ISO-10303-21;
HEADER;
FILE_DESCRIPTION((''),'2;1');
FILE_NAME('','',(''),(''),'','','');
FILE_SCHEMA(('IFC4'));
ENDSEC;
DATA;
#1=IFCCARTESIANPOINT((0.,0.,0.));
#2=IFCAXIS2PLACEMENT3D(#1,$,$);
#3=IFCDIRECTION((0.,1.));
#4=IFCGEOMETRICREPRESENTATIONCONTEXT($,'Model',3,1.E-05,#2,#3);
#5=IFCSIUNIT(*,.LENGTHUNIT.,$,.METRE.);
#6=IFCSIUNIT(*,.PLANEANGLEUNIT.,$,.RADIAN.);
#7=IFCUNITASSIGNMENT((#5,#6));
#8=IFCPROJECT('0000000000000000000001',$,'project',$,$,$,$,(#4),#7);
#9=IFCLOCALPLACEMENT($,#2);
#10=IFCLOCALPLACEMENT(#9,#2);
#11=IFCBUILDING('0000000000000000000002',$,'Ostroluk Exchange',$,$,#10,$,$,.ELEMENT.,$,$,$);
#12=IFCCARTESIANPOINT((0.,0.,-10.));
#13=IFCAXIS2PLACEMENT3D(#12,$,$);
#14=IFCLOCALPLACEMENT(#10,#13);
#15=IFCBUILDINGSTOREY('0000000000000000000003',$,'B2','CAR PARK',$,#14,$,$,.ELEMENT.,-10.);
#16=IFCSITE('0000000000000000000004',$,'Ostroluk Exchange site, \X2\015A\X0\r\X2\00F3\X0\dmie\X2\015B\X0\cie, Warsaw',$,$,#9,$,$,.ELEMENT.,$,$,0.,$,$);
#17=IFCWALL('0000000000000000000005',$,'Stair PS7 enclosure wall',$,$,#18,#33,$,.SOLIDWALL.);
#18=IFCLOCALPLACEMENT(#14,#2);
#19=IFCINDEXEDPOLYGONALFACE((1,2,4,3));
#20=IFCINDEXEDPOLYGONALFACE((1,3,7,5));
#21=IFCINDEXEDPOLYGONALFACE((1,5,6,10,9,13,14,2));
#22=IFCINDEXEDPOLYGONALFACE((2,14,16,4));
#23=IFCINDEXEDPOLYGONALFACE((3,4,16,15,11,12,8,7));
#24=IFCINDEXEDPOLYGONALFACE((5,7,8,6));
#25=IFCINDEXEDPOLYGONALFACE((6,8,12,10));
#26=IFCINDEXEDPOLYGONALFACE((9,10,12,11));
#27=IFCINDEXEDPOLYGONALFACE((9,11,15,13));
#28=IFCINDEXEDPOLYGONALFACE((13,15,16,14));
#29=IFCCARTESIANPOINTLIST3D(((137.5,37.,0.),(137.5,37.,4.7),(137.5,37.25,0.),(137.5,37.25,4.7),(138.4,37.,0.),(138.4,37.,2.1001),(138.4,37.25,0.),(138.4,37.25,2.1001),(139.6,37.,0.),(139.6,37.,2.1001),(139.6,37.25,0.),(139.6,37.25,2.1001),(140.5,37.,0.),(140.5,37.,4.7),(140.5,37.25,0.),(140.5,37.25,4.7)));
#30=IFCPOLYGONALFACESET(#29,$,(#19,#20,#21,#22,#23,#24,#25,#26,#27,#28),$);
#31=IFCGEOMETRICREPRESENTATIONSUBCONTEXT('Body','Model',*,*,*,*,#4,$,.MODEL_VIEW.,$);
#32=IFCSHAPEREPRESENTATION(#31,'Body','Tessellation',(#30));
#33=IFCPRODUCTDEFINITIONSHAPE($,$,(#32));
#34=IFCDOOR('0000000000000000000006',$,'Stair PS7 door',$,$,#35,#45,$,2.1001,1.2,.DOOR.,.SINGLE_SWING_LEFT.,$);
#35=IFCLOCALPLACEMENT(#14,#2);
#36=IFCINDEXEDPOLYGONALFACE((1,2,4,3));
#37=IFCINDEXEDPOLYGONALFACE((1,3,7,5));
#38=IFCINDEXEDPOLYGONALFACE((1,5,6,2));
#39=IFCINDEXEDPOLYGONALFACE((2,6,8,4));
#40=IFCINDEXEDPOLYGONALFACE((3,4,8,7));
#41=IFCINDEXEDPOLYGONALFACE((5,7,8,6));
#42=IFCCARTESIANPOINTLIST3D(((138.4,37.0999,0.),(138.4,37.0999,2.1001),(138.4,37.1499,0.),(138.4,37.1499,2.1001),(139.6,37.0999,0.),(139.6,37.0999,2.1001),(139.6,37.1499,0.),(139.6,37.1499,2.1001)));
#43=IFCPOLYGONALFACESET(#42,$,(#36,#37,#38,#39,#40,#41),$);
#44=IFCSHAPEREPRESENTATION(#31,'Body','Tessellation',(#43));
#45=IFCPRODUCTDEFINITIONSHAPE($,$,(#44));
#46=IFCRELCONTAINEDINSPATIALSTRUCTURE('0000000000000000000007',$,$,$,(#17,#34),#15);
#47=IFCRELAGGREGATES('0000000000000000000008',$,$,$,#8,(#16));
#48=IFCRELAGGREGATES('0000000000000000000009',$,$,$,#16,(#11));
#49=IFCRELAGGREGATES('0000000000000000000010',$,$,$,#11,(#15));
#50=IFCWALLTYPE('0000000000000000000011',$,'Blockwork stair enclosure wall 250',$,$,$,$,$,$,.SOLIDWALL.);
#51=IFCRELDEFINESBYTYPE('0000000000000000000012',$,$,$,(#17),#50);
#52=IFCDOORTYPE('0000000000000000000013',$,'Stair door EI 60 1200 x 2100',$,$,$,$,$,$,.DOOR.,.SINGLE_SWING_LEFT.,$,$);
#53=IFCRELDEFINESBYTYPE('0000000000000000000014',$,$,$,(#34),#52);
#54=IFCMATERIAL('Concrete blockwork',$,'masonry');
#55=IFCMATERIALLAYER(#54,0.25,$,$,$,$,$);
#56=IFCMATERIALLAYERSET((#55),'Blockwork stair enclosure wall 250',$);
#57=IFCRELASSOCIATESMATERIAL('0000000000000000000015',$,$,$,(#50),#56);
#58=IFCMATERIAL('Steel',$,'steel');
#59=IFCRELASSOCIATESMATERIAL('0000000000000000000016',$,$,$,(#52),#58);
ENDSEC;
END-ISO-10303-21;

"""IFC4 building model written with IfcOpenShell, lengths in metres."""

from ifc_helpers import new_model, si_unit, direction, frame, frame_2d, origin, place, context, subcontext, project, spatial, rectangle, extrude, material, layer, layer_set, type_object, element, fill, save


model = new_model("IFC4")

# Units and contexts
model_context = context("Model", 3, precision=1e-05, world=origin(), true_north=direction((0.0, 1.0)))
body_context = subcontext(model_context, "Body", "Model", "MODEL_VIEW")
ifc_project = project(units=[si_unit("LENGTHUNIT", "METRE"), si_unit("PLANEANGLEUNIT", "RADIAN")], contexts=[model_context])

# Site, building, storey
site_placement = place(None, origin())
site = spatial("IfcSite", under=ifc_project, at=site_placement, Name="Ostroluk Exchange site, Śródmieście, Warsaw", CompositionType="ELEMENT", RefElevation=0.0)
building_placement = place(site_placement, origin())
building = spatial("IfcBuilding", under=site, at=building_placement, Name="Ostroluk Exchange", CompositionType="ELEMENT")
storey_placement = place(building_placement, frame((0.0, 0.0, -10.0)))
storey = spatial("IfcBuildingStorey", under=building, at=storey_placement, Name="B2", Description="CAR PARK", CompositionType="ELEMENT", Elevation=-10.0)

# Wall, opening, door
ifc_material_1 = material(Name="Concrete blockwork", Category="masonry")
ifc_layer_1 = layer(ifc_material_1, 0.25)
ifc_layer_set_1 = layer_set([ifc_layer_1], Name="Blockwork stair enclosure wall 250")
wall_type_1 = type_object("IfcWallType", Name="Blockwork stair enclosure wall 250", PredefinedType="SOLIDWALL", material=ifc_layer_set_1)
wall_1_placement = place(storey_placement, frame((137.5, 37.125, 0.0), z_axis=(0.0, 0.0, 1.0), x_axis=(1.0, 0.0, 0.0)))
wall_1 = element("IfcWall", 1, at=wall_1_placement, inside=storey, type_object=wall_type_1, Name="Stair PS7 enclosure wall", PredefinedType="SOLIDWALL", context=body_context, shape_type="SweptSolid", body=[
    extrude(rectangle(XDim=3.0, YDim=0.25, at=frame_2d((1.5, 0.0))), origin(), (0.0, 0.0, 1.0), 4.7),
])
opening_1_placement = place(wall_1_placement, frame((0.8999, 0.0, 0.0)))
opening_1 = element("IfcOpeningElement", 2, at=opening_1_placement, cuts=wall_1, PredefinedType="OPENING", context=body_context, shape_type="SweptSolid", body=[
    extrude(rectangle(XDim=1.2, YDim=2.1001, at=frame_2d((0.6001, 1.05))), frame((0.0, 0.135, 0.0), z_axis=(0.0, -1.0, 0.0), x_axis=(1.0, 0.0, 0.0)), (0.0, 0.0, 1.0), 0.27),
])
ifc_material_2 = material(Name="Steel", Category="steel")
door_type_1 = type_object("IfcDoorType", Name="Stair door EI 60 1200 x 2100", OperationType="SINGLE_SWING_LEFT", PredefinedType="DOOR", material=ifc_material_2)
door_1_placement = place(opening_1_placement, origin())
door_1 = element("IfcDoor", 3, at=door_1_placement, inside=storey, type_object=door_type_1, Name="Stair PS7 door", OperationType="SINGLE_SWING_LEFT", OverallHeight=2.1001, OverallWidth=1.2, PredefinedType="DOOR", context=body_context, shape_type="SweptSolid", body=[
    extrude(rectangle(XDim=1.2, YDim=2.1001, at=frame_2d((0.6001, 1.05))), frame((0.0, 0.0249, 0.0), z_axis=(0.0, -1.0, 0.0), x_axis=(1.0, 0.0, 0.0)), (0.0, 0.0, 1.0), 0.05),
])
fill(opening_1, door_1)

save(model, "model.ifc")
